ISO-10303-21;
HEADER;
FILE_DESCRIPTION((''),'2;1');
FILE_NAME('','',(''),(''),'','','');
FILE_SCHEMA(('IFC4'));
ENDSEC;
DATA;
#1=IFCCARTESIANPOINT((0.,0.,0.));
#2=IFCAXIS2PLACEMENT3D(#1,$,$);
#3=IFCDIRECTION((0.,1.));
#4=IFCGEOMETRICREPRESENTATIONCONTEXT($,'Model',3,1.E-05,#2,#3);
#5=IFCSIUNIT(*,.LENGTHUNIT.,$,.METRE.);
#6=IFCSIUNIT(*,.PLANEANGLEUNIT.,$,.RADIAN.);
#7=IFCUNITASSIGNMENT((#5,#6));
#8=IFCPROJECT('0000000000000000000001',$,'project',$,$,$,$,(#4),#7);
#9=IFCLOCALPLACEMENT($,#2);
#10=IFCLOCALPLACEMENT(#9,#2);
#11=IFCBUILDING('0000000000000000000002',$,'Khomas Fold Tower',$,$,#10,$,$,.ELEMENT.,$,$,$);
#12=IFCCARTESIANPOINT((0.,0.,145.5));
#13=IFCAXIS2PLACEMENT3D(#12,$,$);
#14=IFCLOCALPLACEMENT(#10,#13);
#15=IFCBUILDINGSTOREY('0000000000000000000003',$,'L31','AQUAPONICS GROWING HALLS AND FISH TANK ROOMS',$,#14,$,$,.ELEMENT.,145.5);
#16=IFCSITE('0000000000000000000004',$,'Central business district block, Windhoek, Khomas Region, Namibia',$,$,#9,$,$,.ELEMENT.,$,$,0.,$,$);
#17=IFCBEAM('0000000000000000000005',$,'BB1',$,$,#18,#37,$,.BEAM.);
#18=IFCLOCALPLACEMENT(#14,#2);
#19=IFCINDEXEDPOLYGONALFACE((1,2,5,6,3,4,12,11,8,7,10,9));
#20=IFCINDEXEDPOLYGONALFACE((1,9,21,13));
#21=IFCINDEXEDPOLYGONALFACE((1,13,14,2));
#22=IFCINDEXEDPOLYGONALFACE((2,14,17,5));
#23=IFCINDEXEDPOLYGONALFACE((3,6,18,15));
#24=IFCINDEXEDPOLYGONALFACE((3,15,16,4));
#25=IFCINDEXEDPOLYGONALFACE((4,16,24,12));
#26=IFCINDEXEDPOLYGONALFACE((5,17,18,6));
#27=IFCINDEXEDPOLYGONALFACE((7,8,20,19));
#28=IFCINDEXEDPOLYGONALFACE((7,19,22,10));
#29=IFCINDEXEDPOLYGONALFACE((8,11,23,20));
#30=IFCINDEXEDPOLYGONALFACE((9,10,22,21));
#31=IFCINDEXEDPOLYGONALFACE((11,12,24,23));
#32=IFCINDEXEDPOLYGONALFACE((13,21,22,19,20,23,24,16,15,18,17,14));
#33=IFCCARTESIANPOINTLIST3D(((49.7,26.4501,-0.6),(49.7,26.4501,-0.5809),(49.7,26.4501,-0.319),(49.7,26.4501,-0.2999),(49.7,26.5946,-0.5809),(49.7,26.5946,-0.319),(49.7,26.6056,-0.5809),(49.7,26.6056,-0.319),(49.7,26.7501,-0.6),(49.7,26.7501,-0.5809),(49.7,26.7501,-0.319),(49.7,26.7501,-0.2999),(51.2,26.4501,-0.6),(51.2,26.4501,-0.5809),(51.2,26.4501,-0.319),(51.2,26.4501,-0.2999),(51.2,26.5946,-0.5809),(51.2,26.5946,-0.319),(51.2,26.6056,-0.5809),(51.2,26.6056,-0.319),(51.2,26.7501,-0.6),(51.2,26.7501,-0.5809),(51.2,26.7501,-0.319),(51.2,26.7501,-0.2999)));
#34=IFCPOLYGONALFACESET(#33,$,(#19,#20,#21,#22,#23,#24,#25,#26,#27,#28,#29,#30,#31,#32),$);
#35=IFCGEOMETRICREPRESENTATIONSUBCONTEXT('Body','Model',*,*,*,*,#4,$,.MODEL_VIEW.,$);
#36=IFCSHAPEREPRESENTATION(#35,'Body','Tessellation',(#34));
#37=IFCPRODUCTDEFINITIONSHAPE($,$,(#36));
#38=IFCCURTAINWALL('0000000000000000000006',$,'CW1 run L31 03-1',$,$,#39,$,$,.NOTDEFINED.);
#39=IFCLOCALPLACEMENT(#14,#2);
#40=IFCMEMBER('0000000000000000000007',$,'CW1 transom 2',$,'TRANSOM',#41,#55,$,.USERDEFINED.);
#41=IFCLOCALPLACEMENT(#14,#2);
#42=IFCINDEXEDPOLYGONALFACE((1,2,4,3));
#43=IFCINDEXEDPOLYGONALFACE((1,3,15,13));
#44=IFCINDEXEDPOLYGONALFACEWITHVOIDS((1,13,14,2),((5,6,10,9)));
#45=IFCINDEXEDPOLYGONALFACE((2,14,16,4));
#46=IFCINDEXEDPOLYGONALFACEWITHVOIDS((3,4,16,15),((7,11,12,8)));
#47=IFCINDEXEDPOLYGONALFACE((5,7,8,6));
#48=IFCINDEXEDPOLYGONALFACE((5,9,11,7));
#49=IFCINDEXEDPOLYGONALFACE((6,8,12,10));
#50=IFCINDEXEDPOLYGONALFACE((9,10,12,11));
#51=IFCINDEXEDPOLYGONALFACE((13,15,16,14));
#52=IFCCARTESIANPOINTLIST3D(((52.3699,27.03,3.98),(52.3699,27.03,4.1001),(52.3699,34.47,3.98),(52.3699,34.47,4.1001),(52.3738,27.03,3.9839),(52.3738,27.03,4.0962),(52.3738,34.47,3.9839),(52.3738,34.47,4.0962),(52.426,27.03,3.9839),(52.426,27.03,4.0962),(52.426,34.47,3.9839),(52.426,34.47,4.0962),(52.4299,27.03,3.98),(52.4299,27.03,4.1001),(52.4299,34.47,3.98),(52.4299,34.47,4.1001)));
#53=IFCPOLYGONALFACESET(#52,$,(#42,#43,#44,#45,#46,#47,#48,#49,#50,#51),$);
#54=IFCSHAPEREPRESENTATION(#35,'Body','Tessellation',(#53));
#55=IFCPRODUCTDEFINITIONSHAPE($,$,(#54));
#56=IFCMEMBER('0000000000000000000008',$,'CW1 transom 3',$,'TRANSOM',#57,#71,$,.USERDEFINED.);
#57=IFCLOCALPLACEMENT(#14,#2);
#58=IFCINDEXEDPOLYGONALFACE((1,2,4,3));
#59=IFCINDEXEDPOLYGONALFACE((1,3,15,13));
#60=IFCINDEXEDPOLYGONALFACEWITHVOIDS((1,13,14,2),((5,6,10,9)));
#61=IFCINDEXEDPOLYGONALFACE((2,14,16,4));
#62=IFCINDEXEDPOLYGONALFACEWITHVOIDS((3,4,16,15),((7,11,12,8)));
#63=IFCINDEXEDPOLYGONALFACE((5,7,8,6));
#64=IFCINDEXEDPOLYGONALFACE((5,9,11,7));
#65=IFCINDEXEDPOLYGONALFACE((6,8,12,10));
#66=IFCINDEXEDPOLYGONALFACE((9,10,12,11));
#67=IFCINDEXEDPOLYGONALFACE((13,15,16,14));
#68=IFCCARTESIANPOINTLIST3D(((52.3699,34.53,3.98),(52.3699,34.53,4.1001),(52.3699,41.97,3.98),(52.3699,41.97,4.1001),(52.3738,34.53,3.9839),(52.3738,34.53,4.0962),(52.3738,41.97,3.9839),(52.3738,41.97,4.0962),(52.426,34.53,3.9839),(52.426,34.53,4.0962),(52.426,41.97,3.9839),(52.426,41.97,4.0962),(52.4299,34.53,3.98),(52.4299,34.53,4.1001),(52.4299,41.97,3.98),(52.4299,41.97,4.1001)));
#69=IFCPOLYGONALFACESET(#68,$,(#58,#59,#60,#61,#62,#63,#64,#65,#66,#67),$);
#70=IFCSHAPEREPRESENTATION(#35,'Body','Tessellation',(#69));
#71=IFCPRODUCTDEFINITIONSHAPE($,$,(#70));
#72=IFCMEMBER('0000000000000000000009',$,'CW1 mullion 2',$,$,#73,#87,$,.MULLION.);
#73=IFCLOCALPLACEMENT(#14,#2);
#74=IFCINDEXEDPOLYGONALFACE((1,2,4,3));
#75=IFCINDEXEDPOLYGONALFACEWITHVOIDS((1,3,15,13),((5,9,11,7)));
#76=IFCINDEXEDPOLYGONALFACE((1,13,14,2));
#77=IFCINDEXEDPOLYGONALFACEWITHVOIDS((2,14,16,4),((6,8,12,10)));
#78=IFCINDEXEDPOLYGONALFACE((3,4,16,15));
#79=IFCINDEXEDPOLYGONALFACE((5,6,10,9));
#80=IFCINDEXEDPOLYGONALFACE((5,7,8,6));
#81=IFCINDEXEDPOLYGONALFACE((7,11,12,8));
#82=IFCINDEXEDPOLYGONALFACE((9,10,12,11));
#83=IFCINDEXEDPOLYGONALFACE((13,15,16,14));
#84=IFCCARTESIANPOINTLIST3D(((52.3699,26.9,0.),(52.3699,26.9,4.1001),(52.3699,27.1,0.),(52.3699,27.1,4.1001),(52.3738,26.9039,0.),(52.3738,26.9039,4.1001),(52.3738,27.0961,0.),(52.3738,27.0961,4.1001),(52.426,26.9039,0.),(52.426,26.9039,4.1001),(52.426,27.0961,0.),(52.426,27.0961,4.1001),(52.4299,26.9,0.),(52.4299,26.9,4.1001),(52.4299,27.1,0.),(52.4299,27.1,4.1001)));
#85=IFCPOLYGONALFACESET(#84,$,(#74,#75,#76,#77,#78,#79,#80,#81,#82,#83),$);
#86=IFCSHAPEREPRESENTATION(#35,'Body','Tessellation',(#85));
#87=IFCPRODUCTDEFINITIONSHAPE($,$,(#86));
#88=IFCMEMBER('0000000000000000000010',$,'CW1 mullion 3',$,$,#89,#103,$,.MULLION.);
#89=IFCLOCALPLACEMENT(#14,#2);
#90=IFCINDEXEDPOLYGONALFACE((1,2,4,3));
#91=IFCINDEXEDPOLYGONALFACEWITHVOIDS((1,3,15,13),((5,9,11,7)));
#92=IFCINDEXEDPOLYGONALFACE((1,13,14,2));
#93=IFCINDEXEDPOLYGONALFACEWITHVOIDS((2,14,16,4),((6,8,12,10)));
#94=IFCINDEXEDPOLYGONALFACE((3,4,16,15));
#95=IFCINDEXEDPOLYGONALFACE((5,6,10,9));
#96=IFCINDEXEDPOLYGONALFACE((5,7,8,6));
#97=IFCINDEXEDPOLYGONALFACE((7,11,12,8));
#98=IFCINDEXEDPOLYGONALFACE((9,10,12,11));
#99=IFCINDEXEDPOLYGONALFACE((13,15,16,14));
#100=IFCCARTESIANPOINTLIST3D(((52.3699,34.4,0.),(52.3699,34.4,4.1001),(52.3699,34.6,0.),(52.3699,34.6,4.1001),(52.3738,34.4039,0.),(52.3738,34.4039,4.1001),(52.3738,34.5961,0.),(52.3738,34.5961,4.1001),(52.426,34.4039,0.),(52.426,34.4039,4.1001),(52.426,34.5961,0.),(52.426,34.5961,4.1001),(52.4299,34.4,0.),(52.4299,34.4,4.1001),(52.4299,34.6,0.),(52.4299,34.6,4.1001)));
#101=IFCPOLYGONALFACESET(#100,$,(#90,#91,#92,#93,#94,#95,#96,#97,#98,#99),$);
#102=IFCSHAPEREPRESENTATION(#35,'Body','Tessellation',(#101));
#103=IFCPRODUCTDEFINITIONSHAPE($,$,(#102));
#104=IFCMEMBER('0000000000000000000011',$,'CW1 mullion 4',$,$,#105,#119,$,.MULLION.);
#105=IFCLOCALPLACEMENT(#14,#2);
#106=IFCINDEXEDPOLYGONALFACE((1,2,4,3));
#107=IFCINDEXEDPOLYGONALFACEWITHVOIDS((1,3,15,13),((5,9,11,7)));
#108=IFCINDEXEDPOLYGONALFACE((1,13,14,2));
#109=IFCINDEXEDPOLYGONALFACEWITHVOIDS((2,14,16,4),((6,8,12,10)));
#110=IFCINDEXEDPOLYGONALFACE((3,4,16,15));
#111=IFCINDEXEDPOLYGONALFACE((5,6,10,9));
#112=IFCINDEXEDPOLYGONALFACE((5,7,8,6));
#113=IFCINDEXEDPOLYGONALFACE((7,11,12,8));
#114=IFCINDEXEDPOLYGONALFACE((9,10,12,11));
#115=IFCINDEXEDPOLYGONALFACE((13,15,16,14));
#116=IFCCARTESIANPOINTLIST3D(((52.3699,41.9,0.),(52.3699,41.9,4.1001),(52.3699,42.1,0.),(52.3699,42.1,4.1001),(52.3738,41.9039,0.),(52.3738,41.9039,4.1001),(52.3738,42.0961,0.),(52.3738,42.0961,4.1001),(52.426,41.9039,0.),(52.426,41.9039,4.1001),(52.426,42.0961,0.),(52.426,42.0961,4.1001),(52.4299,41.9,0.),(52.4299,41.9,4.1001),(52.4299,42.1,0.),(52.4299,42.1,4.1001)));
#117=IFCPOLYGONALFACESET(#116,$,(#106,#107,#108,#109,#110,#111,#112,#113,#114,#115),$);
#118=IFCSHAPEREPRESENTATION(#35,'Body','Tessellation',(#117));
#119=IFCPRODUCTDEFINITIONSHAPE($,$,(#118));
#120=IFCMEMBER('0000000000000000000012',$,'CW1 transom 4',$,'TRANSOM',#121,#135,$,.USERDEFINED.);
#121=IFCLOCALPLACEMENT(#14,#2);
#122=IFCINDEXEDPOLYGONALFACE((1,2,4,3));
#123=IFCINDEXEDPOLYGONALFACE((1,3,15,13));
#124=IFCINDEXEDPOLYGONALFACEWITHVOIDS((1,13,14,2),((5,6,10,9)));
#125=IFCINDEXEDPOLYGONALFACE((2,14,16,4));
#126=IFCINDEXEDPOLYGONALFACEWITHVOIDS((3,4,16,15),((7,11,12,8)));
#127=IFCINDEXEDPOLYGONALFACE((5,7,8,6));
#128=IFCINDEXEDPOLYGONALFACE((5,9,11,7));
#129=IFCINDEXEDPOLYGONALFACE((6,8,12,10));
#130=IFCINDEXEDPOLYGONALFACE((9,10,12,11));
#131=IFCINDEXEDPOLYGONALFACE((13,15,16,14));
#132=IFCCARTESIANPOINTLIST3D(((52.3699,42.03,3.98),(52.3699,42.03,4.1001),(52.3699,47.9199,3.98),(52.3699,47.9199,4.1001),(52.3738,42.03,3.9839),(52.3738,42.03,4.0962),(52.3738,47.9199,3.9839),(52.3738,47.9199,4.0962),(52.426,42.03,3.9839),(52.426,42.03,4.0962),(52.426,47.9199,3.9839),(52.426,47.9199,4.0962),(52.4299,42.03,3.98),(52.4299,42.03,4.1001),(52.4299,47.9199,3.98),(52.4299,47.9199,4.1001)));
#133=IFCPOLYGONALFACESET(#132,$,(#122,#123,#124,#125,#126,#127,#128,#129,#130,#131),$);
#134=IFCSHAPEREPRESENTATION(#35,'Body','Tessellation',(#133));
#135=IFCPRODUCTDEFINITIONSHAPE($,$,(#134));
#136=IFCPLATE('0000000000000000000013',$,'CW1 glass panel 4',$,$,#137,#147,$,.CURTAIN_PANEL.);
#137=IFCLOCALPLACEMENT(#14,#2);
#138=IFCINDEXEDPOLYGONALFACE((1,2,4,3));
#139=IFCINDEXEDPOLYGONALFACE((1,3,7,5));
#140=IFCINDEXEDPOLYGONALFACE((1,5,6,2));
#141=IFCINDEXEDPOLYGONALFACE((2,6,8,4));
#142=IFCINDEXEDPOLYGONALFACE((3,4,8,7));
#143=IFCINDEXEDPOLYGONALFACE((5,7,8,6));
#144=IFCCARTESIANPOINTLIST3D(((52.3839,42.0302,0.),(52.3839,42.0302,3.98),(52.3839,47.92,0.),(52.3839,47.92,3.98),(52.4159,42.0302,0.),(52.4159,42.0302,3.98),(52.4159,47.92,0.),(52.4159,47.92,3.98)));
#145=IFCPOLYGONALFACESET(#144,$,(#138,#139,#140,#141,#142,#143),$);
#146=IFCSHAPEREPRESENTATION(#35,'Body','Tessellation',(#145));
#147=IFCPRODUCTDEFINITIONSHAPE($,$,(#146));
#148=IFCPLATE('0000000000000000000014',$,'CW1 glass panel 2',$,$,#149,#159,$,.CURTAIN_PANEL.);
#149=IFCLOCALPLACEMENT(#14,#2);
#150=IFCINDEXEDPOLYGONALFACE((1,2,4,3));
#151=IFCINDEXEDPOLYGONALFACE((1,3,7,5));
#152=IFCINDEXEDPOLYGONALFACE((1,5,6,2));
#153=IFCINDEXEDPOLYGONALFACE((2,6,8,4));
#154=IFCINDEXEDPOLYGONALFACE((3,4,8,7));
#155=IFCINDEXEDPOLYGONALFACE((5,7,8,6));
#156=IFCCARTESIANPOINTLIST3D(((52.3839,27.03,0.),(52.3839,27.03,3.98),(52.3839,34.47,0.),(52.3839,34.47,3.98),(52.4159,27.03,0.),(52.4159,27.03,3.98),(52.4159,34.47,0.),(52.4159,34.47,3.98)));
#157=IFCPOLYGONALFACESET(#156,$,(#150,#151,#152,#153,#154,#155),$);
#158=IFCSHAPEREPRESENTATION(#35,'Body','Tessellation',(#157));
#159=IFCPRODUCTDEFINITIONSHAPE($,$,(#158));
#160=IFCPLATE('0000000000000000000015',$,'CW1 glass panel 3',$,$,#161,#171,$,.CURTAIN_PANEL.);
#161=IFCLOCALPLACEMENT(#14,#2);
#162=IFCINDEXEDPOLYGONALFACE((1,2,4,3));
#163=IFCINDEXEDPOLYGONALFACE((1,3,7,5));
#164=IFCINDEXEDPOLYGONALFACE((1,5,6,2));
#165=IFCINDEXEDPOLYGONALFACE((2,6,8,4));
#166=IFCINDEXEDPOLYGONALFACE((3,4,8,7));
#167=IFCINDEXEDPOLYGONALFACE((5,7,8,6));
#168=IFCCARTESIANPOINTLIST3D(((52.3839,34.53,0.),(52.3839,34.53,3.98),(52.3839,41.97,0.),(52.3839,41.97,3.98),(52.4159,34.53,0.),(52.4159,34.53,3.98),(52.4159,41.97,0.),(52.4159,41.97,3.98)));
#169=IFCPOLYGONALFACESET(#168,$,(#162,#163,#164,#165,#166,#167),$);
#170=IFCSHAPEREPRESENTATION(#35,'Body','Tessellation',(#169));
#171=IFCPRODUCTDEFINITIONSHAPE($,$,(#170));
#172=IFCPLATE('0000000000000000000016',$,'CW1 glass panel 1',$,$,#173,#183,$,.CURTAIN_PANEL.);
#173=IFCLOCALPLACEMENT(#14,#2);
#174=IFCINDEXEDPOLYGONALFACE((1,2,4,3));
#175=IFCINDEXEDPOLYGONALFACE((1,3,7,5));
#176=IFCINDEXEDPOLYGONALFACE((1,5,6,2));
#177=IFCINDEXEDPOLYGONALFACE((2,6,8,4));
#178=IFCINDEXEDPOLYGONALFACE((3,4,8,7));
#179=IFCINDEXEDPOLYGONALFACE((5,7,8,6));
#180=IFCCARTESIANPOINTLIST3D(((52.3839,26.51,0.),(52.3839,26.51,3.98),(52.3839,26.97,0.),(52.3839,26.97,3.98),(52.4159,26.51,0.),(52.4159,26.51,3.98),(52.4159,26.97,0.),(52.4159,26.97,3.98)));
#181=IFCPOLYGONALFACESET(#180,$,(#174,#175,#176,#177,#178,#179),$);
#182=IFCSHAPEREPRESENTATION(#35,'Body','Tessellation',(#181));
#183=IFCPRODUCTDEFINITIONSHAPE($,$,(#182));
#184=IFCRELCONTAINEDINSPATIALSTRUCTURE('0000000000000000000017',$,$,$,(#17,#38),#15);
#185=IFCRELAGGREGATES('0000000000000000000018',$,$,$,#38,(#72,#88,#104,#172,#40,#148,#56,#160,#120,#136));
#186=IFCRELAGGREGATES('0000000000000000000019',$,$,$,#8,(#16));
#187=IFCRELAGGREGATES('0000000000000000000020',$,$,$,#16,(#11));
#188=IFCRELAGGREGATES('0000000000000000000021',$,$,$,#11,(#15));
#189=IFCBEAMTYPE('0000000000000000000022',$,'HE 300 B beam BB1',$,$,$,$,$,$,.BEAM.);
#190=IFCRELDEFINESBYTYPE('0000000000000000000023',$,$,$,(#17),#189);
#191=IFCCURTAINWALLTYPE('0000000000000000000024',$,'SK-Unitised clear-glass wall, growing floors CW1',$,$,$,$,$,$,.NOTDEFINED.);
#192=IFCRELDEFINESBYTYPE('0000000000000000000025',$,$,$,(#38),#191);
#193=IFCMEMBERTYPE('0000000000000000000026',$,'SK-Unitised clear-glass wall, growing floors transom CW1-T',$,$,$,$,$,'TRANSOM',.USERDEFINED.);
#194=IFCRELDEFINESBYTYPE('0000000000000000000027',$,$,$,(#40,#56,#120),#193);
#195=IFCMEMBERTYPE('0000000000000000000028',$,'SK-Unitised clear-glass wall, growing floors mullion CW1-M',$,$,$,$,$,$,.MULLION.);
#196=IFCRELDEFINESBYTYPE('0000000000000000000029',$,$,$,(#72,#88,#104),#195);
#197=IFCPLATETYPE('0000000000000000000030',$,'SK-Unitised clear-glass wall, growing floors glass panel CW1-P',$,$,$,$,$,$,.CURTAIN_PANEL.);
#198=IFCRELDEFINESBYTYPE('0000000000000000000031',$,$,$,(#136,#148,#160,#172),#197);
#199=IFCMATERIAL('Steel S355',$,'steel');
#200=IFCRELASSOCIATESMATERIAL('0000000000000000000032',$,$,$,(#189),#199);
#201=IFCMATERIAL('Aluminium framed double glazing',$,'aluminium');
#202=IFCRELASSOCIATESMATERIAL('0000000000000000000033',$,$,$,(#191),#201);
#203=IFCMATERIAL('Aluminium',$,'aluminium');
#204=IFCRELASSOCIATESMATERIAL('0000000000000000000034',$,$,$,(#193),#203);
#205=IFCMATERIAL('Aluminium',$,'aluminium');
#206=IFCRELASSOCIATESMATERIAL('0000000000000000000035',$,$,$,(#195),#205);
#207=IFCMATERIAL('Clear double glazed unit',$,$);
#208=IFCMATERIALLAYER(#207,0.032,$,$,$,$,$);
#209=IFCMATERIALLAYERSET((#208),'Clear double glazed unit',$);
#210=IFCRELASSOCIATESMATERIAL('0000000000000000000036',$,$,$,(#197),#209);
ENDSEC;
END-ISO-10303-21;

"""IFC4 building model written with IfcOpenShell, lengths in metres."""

from ifc_helpers import new_model, si_unit, direction, frame, origin, origin_2d, place, context, subcontext, project, spatial, rectangle, hollow_rectangle, i_section, extrude, source, transform, mapped, material, layer, layer_set, material_profile, profile_set, type_object, element, aggregate, save


model = new_model("IFC4")

# Units and contexts
model_context = context("Model", 3, precision=1e-05, world=origin(), true_north=direction((0.0, 1.0)))
body_context = subcontext(model_context, "Body", "Model", "MODEL_VIEW")
ifc_project = project(units=[si_unit("LENGTHUNIT", "METRE"), si_unit("PLANEANGLEUNIT", "RADIAN")], contexts=[model_context])

# Site, building, storey
site_placement = place(None, origin())
site = spatial("IfcSite", under=ifc_project, at=site_placement, Name="Central business district block, Windhoek, Khomas Region, Namibia", CompositionType="ELEMENT", RefElevation=0.0)
building_placement = place(site_placement, origin())
building = spatial("IfcBuilding", under=site, at=building_placement, Name="Khomas Fold Tower", CompositionType="ELEMENT")
storey_placement = place(building_placement, frame((0.0, 0.0, 145.5)))
storey = spatial("IfcBuildingStorey", under=building, at=storey_placement, Name="L31", Description="AQUAPONICS GROWING HALLS AND FISH TANK ROOMS", CompositionType="ELEMENT", Elevation=145.5)

# Beam
ifc_material_1 = material(Name="Steel S355", Category="steel")
ifc_material_profile_1 = material_profile(ifc_material_1, i_section(OverallWidth=0.3, OverallDepth=0.3, WebThickness=0.011, FlangeThickness=0.019, at=origin_2d()), Name="HE 300 B")
ifc_profile_set_1 = profile_set([ifc_material_profile_1], Name="Steel S355")
beam_type_1 = type_object("IfcBeamType", Name="HE 300 B beam BB1", PredefinedType="BEAM", material=ifc_profile_set_1)
shared_shape_1 = source(origin(), body_context, "Body", "SweptSolid", [
    extrude(i_section(OverallWidth=0.3, OverallDepth=0.3, WebThickness=0.011, FlangeThickness=0.019, at=origin_2d()), origin(), (0.0, 0.0, 1.0), 1.5),
])
beam_1_placement = place(storey_placement, frame((49.7, 26.6001, -0.45), z_axis=(1.0, 0.0, 0.0), x_axis=(0.0, 1.0, 0.0)))
element("IfcBeam", 1, at=beam_1_placement, inside=storey, type_object=beam_type_1, Name="BB1", PredefinedType="BEAM", context=body_context, shape_type="MappedRepresentation", body=[
    mapped(shared_shape_1, transform((0.0, 0.0, 0.0))),
])

# Curtain wall, members, plates
ifc_material_2 = material(Name="Aluminium framed double glazing", Category="aluminium")
curtain_wall_type = type_object("IfcCurtainWallType", Name="SK-Unitised clear-glass wall, growing floors CW1", PredefinedType="NOTDEFINED", material=ifc_material_2)
curtain_wall_placement = place(storey_placement, origin())
curtain_wall = element("IfcCurtainWall", 2, at=curtain_wall_placement, inside=storey, type_object=curtain_wall_type, Name="CW1 run L31 03-1", PredefinedType="NOTDEFINED")
ifc_material_3 = material(Name="Aluminium", Category="aluminium")
ifc_material_profile_2 = material_profile(ifc_material_3, hollow_rectangle(XDim=0.0601, YDim=0.1201, WallThickness=0.0039, at=origin_2d()), Name="SK-Unitised clear-glass wall, growing floors transom CW1-T")
ifc_profile_set_2 = profile_set([ifc_material_profile_2], Name="Aluminium")
member_type_1 = type_object("IfcMemberType", Name="SK-Unitised clear-glass wall, growing floors transom CW1-T", ElementType="TRANSOM", PredefinedType="USERDEFINED", material=ifc_profile_set_2)
shared_shape_2 = source(origin(), body_context, "Body", "SweptSolid", [
    extrude(hollow_rectangle(XDim=0.0601, YDim=0.1201, WallThickness=0.0039, at=origin_2d()), origin(), (0.0, 0.0, 1.0), 7.4399),
])
member_1_placement = place(storey_placement, frame((52.3999, 27.03, 4.04), z_axis=(0.0, 1.0, 0.0), x_axis=(-1.0, 0.0, 0.0)))
member_1 = element("IfcMember", 3, at=member_1_placement, type_object=member_type_1, Name="CW1 transom 2", ObjectType="TRANSOM", PredefinedType="USERDEFINED", context=body_context, shape_type="MappedRepresentation", body=[
    mapped(shared_shape_2, transform((0.0, 0.0, 0.0))),
])
member_2_placement = place(storey_placement, frame((52.3999, 34.53, 4.04), z_axis=(0.0, 1.0, 0.0), x_axis=(-1.0, 0.0, 0.0)))
member_2 = element("IfcMember", 4, at=member_2_placement, type_object=member_type_1, Name="CW1 transom 3", ObjectType="TRANSOM", PredefinedType="USERDEFINED", context=body_context, shape_type="MappedRepresentation", body=[
    mapped(shared_shape_2, transform((0.0, 0.0, 0.0))),
])
ifc_material_4 = material(Name="Aluminium", Category="aluminium")
ifc_material_profile_3 = material_profile(ifc_material_4, hollow_rectangle(XDim=0.0601, YDim=0.2, WallThickness=0.0039, at=origin_2d()), Name="SK-Unitised clear-glass wall, growing floors mullion CW1-M")
ifc_profile_set_3 = profile_set([ifc_material_profile_3], Name="Aluminium")
member_type_2 = type_object("IfcMemberType", Name="SK-Unitised clear-glass wall, growing floors mullion CW1-M", PredefinedType="MULLION", material=ifc_profile_set_3)
shared_shape_3 = source(origin(), body_context, "Body", "SweptSolid", [
    extrude(hollow_rectangle(XDim=0.0601, YDim=0.2, WallThickness=0.0039, at=origin_2d()), origin(), (0.0, 0.0, 1.0), 4.1001),
])
member_3_placement = place(storey_placement, frame((52.3999, 27.0, 0.0), z_axis=(0.0, 0.0, 1.0), x_axis=(-1.0, 0.0, 0.0)))
member_3 = element("IfcMember", 5, at=member_3_placement, type_object=member_type_2, Name="CW1 mullion 2", PredefinedType="MULLION", context=body_context, shape_type="MappedRepresentation", body=[
    mapped(shared_shape_3, transform((0.0, 0.0, 0.0))),
])
member_4_placement = place(storey_placement, frame((52.3999, 34.5, 0.0), z_axis=(0.0, 0.0, 1.0), x_axis=(-1.0, 0.0, 0.0)))
member_4 = element("IfcMember", 6, at=member_4_placement, type_object=member_type_2, Name="CW1 mullion 3", PredefinedType="MULLION", context=body_context, shape_type="MappedRepresentation", body=[
    mapped(shared_shape_3, transform((0.0, 0.0, 0.0))),
])
member_5_placement = place(storey_placement, frame((52.3999, 42.0, 0.0), z_axis=(0.0, 0.0, 1.0), x_axis=(-1.0, 0.0, 0.0)))
member_5 = element("IfcMember", 7, at=member_5_placement, type_object=member_type_2, Name="CW1 mullion 4", PredefinedType="MULLION", context=body_context, shape_type="MappedRepresentation", body=[
    mapped(shared_shape_3, transform((0.0, 0.0, 0.0))),
])
shared_shape_4 = source(origin(), body_context, "Body", "SweptSolid", [
    extrude(hollow_rectangle(XDim=0.0601, YDim=0.1201, WallThickness=0.0039, at=origin_2d()), origin(), (0.0, 0.0, 1.0), 5.8899),
])
member_6_placement = place(storey_placement, frame((52.3999, 42.03, 4.04), z_axis=(0.0, 1.0, 0.0), x_axis=(-1.0, 0.0, 0.0)))
member_6 = element("IfcMember", 8, at=member_6_placement, type_object=member_type_1, Name="CW1 transom 4", ObjectType="TRANSOM", PredefinedType="USERDEFINED", context=body_context, shape_type="MappedRepresentation", body=[
    mapped(shared_shape_4, transform((0.0, 0.0, 0.0))),
])
ifc_material_5 = material(Name="Clear double glazed unit")
ifc_layer_1 = layer(ifc_material_5, 0.032)
ifc_layer_set_1 = layer_set([ifc_layer_1], Name="Clear double glazed unit")
plate_type = type_object("IfcPlateType", Name="SK-Unitised clear-glass wall, growing floors glass panel CW1-P", PredefinedType="CURTAIN_PANEL", material=ifc_layer_set_1)
shared_shape_5 = source(origin(), body_context, "Body", "SweptSolid", [
    extrude(rectangle(XDim=5.8899, YDim=0.032, at=origin_2d()), origin(), (0.0, 0.0, 1.0), 3.98),
])
plate_1_placement = place(storey_placement, frame((52.3999, 44.9751, 0.0), z_axis=(0.0, 0.0, 1.0), x_axis=(0.0, 1.0, 0.0)))
plate_1 = element("IfcPlate", 9, at=plate_1_placement, type_object=plate_type, Name="CW1 glass panel 4", PredefinedType="CURTAIN_PANEL", context=body_context, shape_type="MappedRepresentation", body=[
    mapped(shared_shape_5, transform((0.0, 0.0, 0.0))),
])
shared_shape_6 = source(origin(), body_context, "Body", "SweptSolid", [
    extrude(rectangle(XDim=7.4399, YDim=0.032, at=origin_2d()), origin(), (0.0, 0.0, 1.0), 3.98),
])
plate_2_placement = place(storey_placement, frame((52.3999, 30.75, 0.0), z_axis=(0.0, 0.0, 1.0), x_axis=(0.0, 1.0, 0.0)))
plate_2 = element("IfcPlate", 10, at=plate_2_placement, type_object=plate_type, Name="CW1 glass panel 2", PredefinedType="CURTAIN_PANEL", context=body_context, shape_type="MappedRepresentation", body=[
    mapped(shared_shape_6, transform((0.0, 0.0, 0.0))),
])
plate_3_placement = place(storey_placement, frame((52.3999, 38.25, 0.0), z_axis=(0.0, 0.0, 1.0), x_axis=(0.0, 1.0, 0.0)))
plate_3 = element("IfcPlate", 11, at=plate_3_placement, type_object=plate_type, Name="CW1 glass panel 3", PredefinedType="CURTAIN_PANEL", context=body_context, shape_type="MappedRepresentation", body=[
    mapped(shared_shape_6, transform((0.0, 0.0, 0.0))),
])
shared_shape_7 = source(origin(), body_context, "Body", "SweptSolid", [
    extrude(rectangle(XDim=0.46, YDim=0.032, at=origin_2d()), origin(), (0.0, 0.0, 1.0), 3.98),
])
plate_4_placement = place(storey_placement, frame((52.3999, 26.74, 0.0), z_axis=(0.0, 0.0, 1.0), x_axis=(0.0, 1.0, 0.0)))
plate_4 = element("IfcPlate", 12, at=plate_4_placement, type_object=plate_type, Name="CW1 glass panel 1", PredefinedType="CURTAIN_PANEL", context=body_context, shape_type="MappedRepresentation", body=[
    mapped(shared_shape_7, transform((0.0, 0.0, 0.0))),
])
aggregate(curtain_wall, [member_3, member_4, member_5, plate_4, member_1, plate_2, member_2, plate_3, member_6, plate_1])

save(model, "model.ifc")
